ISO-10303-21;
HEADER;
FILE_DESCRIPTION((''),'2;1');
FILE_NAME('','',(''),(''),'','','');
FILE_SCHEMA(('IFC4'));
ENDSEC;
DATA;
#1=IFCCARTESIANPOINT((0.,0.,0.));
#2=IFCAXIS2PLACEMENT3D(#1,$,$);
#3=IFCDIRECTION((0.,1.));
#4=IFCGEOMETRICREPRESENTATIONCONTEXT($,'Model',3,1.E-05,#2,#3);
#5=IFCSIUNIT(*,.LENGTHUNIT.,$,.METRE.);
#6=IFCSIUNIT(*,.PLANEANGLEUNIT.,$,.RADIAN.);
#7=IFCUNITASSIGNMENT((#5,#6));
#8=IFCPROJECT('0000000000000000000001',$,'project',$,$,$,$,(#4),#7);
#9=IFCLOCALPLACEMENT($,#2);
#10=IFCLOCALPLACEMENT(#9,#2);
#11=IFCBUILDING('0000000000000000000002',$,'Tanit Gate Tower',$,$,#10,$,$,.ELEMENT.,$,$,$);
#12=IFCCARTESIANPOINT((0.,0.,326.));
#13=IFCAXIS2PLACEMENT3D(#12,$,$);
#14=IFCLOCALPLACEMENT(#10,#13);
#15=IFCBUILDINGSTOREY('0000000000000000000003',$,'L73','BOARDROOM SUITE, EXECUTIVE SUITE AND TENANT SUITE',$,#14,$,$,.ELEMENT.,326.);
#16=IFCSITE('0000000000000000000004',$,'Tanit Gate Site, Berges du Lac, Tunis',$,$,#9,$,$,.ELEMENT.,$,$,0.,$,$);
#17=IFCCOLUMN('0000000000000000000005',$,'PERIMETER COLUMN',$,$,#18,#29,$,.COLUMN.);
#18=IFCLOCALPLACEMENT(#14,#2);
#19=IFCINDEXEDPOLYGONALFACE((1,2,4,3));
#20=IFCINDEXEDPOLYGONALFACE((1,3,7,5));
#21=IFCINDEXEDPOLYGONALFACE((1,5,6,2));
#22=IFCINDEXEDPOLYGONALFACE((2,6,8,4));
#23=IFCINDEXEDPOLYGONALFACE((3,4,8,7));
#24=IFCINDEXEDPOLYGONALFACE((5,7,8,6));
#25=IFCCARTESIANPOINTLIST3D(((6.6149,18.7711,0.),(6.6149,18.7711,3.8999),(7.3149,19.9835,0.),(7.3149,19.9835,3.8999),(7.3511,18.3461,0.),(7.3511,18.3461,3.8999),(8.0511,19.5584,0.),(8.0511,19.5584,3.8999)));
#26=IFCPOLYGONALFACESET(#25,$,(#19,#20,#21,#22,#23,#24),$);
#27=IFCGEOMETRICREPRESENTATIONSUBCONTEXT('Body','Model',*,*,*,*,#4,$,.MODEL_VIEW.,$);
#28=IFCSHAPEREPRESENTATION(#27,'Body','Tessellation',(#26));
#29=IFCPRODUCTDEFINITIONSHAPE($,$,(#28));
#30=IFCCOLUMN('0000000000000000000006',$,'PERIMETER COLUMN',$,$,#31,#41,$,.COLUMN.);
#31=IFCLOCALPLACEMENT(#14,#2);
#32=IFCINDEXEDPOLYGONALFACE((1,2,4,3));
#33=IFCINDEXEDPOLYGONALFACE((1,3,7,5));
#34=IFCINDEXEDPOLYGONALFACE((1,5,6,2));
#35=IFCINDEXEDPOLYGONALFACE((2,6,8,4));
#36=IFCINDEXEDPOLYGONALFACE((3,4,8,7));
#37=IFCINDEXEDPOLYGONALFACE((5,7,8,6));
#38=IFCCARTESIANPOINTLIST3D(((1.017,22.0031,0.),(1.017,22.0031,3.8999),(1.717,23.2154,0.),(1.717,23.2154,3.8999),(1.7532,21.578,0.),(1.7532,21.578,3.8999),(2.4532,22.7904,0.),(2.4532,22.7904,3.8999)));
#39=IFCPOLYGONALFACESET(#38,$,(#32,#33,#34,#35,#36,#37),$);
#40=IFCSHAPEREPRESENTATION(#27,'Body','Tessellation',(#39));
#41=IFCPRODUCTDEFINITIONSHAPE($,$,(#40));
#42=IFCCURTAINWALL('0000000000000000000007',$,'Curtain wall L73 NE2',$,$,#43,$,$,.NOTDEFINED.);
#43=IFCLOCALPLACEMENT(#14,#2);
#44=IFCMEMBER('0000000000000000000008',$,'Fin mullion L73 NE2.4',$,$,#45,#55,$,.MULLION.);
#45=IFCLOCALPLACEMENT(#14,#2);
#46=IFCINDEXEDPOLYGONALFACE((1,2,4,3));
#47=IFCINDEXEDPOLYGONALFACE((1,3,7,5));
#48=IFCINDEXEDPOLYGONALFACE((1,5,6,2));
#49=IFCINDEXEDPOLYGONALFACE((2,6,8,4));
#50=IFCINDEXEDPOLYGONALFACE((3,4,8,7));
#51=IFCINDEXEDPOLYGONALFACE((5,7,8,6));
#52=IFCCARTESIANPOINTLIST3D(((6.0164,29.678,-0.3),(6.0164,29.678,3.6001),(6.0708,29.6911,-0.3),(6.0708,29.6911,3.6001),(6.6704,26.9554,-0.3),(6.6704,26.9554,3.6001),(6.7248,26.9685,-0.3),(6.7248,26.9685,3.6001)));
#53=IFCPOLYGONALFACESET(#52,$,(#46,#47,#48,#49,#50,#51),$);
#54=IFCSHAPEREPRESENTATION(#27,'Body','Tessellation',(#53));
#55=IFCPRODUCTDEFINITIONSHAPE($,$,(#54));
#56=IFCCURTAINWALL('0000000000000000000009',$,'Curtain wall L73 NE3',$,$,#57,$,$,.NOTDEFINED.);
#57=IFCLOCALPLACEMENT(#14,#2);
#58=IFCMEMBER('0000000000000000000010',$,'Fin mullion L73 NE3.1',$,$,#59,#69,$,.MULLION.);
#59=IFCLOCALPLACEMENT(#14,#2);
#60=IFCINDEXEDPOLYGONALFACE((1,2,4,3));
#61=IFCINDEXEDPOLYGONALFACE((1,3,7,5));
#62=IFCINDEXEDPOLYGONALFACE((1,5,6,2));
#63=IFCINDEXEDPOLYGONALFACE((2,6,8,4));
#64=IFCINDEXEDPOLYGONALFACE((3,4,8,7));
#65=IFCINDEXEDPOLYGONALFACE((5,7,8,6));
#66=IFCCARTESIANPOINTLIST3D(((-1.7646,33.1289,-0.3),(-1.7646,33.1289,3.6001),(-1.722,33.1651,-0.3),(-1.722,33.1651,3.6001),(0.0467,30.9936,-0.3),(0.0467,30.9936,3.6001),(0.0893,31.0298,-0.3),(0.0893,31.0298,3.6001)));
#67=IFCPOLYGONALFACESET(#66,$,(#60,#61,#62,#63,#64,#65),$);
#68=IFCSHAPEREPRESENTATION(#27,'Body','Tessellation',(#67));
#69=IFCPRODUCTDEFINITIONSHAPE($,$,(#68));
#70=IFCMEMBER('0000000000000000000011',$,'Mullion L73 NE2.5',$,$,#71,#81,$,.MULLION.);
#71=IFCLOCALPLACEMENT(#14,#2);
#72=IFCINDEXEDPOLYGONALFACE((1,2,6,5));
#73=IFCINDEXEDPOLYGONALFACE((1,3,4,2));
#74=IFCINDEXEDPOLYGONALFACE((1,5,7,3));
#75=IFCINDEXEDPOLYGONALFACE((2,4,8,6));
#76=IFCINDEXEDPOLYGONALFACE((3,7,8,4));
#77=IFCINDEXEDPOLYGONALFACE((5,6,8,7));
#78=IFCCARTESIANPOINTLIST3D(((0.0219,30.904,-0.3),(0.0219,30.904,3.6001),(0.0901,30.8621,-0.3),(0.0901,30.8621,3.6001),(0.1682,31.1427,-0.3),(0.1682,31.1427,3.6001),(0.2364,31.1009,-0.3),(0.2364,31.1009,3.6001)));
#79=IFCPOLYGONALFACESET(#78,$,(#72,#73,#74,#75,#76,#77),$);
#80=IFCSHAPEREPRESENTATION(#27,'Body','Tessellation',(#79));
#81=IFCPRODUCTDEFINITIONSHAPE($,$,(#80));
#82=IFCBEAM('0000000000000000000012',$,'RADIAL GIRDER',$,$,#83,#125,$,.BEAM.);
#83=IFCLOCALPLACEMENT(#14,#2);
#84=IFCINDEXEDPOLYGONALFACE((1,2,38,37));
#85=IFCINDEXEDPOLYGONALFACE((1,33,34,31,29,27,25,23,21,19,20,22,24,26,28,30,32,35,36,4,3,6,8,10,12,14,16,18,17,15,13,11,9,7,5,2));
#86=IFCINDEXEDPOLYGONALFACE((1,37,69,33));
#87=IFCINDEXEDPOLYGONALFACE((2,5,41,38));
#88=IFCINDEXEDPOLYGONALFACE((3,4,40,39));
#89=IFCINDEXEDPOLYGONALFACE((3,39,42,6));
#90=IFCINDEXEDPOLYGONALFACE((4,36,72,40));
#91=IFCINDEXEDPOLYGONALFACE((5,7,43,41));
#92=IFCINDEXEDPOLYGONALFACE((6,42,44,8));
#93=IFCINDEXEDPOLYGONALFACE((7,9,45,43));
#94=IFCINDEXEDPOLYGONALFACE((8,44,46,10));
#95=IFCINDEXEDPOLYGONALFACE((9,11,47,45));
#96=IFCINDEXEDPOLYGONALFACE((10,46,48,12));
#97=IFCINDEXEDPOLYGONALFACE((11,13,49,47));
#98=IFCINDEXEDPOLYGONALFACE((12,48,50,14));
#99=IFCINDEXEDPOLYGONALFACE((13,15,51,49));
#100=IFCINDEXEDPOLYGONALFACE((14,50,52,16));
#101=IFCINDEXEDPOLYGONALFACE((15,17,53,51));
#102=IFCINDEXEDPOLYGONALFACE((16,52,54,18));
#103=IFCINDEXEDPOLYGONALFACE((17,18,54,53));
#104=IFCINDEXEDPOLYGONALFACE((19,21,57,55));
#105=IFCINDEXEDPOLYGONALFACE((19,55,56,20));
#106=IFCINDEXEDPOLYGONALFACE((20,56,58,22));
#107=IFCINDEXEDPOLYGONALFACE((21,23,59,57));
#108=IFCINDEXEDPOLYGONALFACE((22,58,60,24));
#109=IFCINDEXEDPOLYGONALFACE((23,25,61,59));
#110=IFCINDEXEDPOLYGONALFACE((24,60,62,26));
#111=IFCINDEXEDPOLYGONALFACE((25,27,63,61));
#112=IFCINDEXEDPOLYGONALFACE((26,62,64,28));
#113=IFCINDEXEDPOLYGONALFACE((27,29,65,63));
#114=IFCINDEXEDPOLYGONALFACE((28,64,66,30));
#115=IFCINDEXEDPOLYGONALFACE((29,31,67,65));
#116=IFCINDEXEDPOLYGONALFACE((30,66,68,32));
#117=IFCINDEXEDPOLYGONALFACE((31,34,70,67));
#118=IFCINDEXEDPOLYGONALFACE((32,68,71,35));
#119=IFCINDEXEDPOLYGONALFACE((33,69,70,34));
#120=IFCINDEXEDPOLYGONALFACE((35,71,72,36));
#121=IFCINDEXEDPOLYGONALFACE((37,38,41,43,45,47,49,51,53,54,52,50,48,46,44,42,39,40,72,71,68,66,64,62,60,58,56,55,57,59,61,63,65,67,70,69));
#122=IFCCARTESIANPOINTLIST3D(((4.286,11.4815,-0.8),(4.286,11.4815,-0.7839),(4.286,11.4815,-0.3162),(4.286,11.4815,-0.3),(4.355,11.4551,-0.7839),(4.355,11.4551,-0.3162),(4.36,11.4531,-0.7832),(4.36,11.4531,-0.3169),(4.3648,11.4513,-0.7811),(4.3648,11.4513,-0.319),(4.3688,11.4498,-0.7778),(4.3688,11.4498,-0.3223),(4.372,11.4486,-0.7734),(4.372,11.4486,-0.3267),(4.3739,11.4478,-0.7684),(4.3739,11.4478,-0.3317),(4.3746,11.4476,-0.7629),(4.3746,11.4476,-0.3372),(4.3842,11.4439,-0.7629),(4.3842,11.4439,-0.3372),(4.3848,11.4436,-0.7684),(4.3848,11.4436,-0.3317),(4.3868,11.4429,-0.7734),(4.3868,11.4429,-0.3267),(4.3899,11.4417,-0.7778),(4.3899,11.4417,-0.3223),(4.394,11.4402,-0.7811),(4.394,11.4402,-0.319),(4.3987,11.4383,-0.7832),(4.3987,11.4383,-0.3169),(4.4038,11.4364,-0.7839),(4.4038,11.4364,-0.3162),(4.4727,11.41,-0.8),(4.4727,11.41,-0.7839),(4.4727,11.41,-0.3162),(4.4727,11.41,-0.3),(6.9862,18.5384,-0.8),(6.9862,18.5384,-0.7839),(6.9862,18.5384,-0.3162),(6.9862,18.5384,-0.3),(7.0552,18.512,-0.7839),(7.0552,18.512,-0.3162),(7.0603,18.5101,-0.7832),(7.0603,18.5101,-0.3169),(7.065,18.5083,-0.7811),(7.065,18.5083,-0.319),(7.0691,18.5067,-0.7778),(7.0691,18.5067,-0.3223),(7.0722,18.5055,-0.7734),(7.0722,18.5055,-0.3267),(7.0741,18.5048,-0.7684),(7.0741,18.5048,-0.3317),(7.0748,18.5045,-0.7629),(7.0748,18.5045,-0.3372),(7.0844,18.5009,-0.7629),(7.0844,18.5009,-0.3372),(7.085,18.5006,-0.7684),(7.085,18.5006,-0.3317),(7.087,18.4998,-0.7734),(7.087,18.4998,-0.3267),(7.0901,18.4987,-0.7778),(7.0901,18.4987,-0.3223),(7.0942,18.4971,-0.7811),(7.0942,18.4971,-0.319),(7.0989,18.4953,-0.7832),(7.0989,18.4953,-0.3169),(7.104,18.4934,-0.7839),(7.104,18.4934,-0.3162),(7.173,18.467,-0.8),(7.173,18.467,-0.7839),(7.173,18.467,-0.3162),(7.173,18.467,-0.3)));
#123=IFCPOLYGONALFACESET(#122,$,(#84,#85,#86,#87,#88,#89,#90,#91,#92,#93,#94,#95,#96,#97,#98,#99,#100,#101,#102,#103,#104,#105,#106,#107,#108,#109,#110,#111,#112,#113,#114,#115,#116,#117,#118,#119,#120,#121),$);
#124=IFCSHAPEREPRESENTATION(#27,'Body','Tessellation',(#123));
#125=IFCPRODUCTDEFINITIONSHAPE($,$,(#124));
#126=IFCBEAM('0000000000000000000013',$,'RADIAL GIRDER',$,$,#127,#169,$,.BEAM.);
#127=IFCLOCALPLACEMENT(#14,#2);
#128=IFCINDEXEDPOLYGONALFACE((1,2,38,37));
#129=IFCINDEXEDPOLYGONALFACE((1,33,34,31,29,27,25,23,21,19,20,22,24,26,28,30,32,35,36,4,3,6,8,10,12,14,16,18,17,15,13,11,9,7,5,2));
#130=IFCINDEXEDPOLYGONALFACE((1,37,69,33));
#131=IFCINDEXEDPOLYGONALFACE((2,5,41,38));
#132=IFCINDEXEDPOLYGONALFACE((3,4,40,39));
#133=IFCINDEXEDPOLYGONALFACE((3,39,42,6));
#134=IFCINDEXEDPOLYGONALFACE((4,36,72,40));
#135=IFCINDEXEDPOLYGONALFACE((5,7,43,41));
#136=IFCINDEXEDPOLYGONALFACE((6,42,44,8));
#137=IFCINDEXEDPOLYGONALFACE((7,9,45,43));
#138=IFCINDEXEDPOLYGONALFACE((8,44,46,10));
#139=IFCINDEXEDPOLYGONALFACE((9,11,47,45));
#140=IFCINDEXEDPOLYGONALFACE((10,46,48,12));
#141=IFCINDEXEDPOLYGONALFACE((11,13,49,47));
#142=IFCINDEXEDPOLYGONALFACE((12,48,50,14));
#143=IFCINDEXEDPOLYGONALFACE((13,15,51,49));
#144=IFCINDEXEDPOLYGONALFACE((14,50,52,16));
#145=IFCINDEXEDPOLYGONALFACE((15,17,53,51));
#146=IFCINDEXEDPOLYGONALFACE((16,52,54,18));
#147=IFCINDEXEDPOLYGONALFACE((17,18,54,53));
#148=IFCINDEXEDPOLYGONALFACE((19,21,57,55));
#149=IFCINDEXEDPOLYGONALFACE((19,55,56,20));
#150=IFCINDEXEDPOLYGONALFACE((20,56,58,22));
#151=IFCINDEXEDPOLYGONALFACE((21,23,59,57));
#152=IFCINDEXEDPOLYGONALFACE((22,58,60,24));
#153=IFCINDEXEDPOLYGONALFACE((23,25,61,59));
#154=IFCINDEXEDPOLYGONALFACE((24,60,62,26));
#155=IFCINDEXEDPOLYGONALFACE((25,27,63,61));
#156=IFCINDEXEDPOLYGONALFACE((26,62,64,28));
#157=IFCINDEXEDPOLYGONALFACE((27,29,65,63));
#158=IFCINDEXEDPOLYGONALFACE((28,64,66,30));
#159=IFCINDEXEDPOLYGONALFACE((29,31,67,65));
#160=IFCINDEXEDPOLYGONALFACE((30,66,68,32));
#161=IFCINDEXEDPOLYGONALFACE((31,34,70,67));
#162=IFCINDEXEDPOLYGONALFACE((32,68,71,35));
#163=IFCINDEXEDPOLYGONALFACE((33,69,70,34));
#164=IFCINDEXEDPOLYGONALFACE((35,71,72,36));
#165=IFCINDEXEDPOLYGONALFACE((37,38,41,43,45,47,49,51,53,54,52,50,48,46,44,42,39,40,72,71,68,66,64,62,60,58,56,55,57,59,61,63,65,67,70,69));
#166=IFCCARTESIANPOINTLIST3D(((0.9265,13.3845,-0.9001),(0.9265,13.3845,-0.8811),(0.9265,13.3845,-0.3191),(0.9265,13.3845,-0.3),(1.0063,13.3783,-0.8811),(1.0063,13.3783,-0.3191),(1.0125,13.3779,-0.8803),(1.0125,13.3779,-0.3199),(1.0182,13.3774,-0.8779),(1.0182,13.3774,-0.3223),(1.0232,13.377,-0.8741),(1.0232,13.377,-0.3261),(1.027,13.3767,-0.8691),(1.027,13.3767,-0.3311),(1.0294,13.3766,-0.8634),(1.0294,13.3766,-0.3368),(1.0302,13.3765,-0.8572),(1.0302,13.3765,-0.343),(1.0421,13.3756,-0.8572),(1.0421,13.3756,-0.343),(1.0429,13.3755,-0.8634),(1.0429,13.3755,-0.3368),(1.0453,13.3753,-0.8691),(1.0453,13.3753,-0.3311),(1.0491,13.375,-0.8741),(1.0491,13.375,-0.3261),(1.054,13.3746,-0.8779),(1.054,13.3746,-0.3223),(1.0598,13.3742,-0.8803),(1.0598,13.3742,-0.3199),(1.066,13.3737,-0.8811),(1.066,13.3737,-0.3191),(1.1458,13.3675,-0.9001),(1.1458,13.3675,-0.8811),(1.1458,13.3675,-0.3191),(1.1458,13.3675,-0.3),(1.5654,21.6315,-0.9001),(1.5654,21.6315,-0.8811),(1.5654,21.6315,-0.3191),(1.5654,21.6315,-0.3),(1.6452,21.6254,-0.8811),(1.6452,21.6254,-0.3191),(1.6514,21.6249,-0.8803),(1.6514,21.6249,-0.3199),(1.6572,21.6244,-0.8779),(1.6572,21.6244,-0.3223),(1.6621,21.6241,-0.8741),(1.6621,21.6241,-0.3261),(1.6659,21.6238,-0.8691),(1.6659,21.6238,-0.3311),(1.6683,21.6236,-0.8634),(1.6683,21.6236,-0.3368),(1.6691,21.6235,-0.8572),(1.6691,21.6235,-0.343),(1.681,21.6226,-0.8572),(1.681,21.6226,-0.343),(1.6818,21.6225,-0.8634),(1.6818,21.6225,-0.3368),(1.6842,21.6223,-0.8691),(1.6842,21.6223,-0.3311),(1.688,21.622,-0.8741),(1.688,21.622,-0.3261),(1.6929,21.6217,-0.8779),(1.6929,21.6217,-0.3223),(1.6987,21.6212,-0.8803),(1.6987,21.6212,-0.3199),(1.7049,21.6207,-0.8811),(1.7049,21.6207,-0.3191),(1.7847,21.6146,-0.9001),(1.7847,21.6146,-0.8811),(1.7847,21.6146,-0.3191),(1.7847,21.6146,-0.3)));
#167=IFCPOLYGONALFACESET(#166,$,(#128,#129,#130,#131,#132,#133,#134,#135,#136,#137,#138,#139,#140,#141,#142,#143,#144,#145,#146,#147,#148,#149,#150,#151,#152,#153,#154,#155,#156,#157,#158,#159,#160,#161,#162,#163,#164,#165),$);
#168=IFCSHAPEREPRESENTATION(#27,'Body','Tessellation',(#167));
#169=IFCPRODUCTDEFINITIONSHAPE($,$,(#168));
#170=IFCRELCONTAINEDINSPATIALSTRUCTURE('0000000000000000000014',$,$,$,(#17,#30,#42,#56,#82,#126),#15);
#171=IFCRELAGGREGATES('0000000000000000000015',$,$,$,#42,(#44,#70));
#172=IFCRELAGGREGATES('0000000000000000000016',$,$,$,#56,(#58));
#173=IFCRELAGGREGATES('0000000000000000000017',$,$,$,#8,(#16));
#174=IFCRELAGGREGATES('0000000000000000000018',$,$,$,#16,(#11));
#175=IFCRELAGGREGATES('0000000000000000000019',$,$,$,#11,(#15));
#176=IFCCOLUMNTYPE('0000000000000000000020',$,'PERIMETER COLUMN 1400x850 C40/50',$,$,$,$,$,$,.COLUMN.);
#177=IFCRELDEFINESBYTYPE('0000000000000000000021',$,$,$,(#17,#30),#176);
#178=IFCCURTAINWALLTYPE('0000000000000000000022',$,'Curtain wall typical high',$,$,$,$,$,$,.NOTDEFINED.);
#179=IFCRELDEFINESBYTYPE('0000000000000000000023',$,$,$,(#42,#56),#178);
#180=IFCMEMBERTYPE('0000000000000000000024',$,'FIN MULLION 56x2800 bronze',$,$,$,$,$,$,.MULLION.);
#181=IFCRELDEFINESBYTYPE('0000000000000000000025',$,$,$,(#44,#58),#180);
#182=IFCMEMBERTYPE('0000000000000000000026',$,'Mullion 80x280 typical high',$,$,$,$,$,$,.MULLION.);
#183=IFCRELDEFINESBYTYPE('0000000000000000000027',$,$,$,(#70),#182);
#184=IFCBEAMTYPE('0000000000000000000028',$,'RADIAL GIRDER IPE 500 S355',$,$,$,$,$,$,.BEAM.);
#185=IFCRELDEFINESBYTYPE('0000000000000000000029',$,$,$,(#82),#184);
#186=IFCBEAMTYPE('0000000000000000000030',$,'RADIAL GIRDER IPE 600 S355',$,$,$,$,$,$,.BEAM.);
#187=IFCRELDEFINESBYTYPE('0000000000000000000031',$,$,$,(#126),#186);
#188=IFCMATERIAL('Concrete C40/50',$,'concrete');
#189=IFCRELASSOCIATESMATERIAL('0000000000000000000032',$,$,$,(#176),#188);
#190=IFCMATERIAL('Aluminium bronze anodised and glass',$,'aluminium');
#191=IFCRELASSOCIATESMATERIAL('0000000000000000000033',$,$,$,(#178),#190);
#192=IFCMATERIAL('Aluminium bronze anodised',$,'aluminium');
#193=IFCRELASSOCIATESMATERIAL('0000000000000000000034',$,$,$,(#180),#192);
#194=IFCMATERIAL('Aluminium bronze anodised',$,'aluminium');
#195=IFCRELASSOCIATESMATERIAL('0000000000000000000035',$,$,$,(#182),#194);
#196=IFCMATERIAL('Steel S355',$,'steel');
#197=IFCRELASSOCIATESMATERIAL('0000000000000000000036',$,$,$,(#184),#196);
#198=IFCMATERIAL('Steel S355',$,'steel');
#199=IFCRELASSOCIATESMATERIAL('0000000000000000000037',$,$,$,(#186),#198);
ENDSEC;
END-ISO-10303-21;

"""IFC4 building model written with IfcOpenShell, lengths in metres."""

from ifc_helpers import new_model, si_unit, direction, frame, origin, origin_2d, place, context, subcontext, project, spatial, rectangle, i_section, extrude, material, material_profile, profile_set, type_object, element, aggregate, save


model = new_model("IFC4")

# Units and contexts
model_context = context("Model", 3, precision=1e-05, world=origin(), true_north=direction((0.0, 1.0)))
body_context = subcontext(model_context, "Body", "Model", "MODEL_VIEW")
ifc_project = project(units=[si_unit("LENGTHUNIT", "METRE"), si_unit("PLANEANGLEUNIT", "RADIAN")], contexts=[model_context])

# Site, building, storey
site_placement = place(None, origin())
site = spatial("IfcSite", under=ifc_project, at=site_placement, Name="Tanit Gate Site, Berges du Lac, Tunis", CompositionType="ELEMENT", RefElevation=0.0)
building_placement = place(site_placement, origin())
building = spatial("IfcBuilding", under=site, at=building_placement, Name="Tanit Gate Tower", CompositionType="ELEMENT")
storey_placement = place(building_placement, frame((0.0, 0.0, 326.0)))
storey = spatial("IfcBuildingStorey", under=building, at=storey_placement, Name="L73", Description="BOARDROOM SUITE, EXECUTIVE SUITE AND TENANT SUITE", CompositionType="ELEMENT", Elevation=326.0)

# Columns
ifc_material_1 = material(Name="Concrete C40/50", Category="concrete")
ifc_material_profile_1 = material_profile(ifc_material_1, rectangle(XDim=1.3999, YDim=0.8501, at=origin_2d()), Name="RC 1400x850")
ifc_profile_set_1 = profile_set([ifc_material_profile_1], Name="Concrete C40/50")
column_type = type_object("IfcColumnType", Name="PERIMETER COLUMN 1400x850 C40/50", PredefinedType="COLUMN", material=ifc_profile_set_1)
for number, where, z_axis, x_axis, name in (
    (1, (7.333, 19.1648, 0.0), (0.0, 0.0, 1.0), (0.5, 0.866025, 0.0), "PERIMETER COLUMN"),
    (2, (1.7351, 22.3967, 0.0), (0.0, 0.0, 1.0), (0.5, 0.866025, 0.0), "PERIMETER COLUMN"),
):
    element("IfcColumn", number, at=place(storey_placement, frame(where, z_axis=z_axis, x_axis=x_axis)), inside=storey, type_object=column_type, Name=name, PredefinedType="COLUMN", context=body_context, shape_type="SweptSolid", body=[
        extrude(rectangle(XDim=1.3999, YDim=0.8501, at=origin_2d()), origin(), (0.0, 0.0, 1.0), 3.8999),
    ])

# Curtain walls, members
ifc_material_2 = material(Name="Aluminium bronze anodised and glass", Category="aluminium")
curtain_wall_type = type_object("IfcCurtainWallType", Name="Curtain wall typical high", PredefinedType="NOTDEFINED", material=ifc_material_2)
curtain_wall_1_placement = place(storey_placement, origin())
curtain_wall_1 = element("IfcCurtainWall", 3, at=curtain_wall_1_placement, inside=storey, type_object=curtain_wall_type, Name="Curtain wall L73 NE2", PredefinedType="NOTDEFINED")
ifc_material_3 = material(Name="Aluminium bronze anodised", Category="aluminium")
ifc_material_profile_2 = material_profile(ifc_material_3, rectangle(XDim=2.8, YDim=0.0559, at=origin_2d()), Name="56x2800 bronze fin mullion")
ifc_profile_set_2 = profile_set([ifc_material_profile_2], Name="Aluminium bronze anodised")
member_type_1 = type_object("IfcMemberType", Name="FIN MULLION 56x2800 bronze", PredefinedType="MULLION", material=ifc_profile_set_2)
member_1_placement = place(storey_placement, frame((6.3706, 28.3232, -0.3), z_axis=(0.0, 0.0, 1.0), x_axis=(0.233557, -0.972343, 0.0)))
member_1 = element("IfcMember", 4, at=member_1_placement, type_object=member_type_1, Name="Fin mullion L73 NE2.4", PredefinedType="MULLION", context=body_context, shape_type="SweptSolid", body=[
    extrude(rectangle(XDim=2.8, YDim=0.0559, at=origin_2d()), origin(), (0.0, 0.0, 1.0), 3.9001),
])
curtain_wall_2_placement = place(storey_placement, origin())
curtain_wall_2 = element("IfcCurtainWall", 5, at=curtain_wall_2_placement, inside=storey, type_object=curtain_wall_type, Name="Curtain wall L73 NE3", PredefinedType="NOTDEFINED")
member_2_placement = place(storey_placement, frame((-0.8376, 32.0793, -0.3), z_axis=(0.0, 0.0, 1.0), x_axis=(0.646873, -0.762598, 0.0)))
member_2 = element("IfcMember", 6, at=member_2_placement, type_object=member_type_1, Name="Fin mullion L73 NE3.1", PredefinedType="MULLION", context=body_context, shape_type="SweptSolid", body=[
    extrude(rectangle(XDim=2.8, YDim=0.0559, at=origin_2d()), origin(), (0.0, 0.0, 1.0), 3.9001),
])

# Member
ifc_material_4 = material(Name="Aluminium bronze anodised", Category="aluminium")
ifc_material_profile_3 = material_profile(ifc_material_4, rectangle(XDim=0.28, YDim=0.0801, at=origin_2d()), Name="80x280 bronze mullion")
ifc_profile_set_3 = profile_set([ifc_material_profile_3], Name="Aluminium bronze anodised")
member_type_2 = type_object("IfcMemberType", Name="Mullion 80x280 typical high", PredefinedType="MULLION", material=ifc_profile_set_3)
member_3_placement = place(storey_placement, frame((0.1292, 31.0024, -0.3), z_axis=(0.0, 0.0, 1.0), x_axis=(-0.522401, -0.8527, 0.0)))
member_3 = element("IfcMember", 7, at=member_3_placement, type_object=member_type_2, Name="Mullion L73 NE2.5", PredefinedType="MULLION", context=body_context, shape_type="SweptSolid", body=[
    extrude(rectangle(XDim=0.28, YDim=0.0801, at=origin_2d()), origin(), (0.0, 0.0, 1.0), 3.9001),
])

# Beams
ifc_material_5 = material(Name="Steel S355", Category="steel")
ifc_material_profile_4 = material_profile(ifc_material_5, i_section(OverallWidth=0.2, OverallDepth=0.5, WebThickness=0.0103, FlangeThickness=0.0161, FilletRadius=0.021, at=origin_2d()), Name="IPE 500")
ifc_profile_set_4 = profile_set([ifc_material_profile_4], Name="Steel S355")
beam_type_1 = type_object("IfcBeamType", Name="RADIAL GIRDER IPE 500 S355", PredefinedType="BEAM", material=ifc_profile_set_4)
beam_1_placement = place(storey_placement, frame((7.0796, 18.5027, -0.55), z_axis=(-0.357365, -0.933965, 0.0), x_axis=(0.933965, -0.357365, 0.0)))
element("IfcBeam", 8, at=beam_1_placement, inside=storey, type_object=beam_type_1, Name="RADIAL GIRDER", PredefinedType="BEAM", context=body_context, shape_type="SweptSolid", body=[
    extrude(i_section(OverallWidth=0.2, OverallDepth=0.5, WebThickness=0.0103, FlangeThickness=0.0161, FilletRadius=0.021, at=origin_2d()), origin(), (0.0, 0.0, 1.0), 7.5559),
])
ifc_material_6 = material(Name="Steel S355", Category="steel")
ifc_material_profile_5 = material_profile(ifc_material_6, i_section(OverallWidth=0.22, OverallDepth=0.6001, WebThickness=0.012, FlangeThickness=0.019, FilletRadius=0.0239, at=origin_2d()), Name="IPE 600")
ifc_profile_set_5 = profile_set([ifc_material_profile_5], Name="Steel S355")
beam_type_2 = type_object("IfcBeamType", Name="RADIAL GIRDER IPE 600 S355", PredefinedType="BEAM", material=ifc_profile_set_5)
beam_2_placement = place(storey_placement, frame((1.675, 21.623, -0.6001), z_axis=(-0.07724, -0.997012, 0.0), x_axis=(0.997012, -0.07724, 0.0)))
element("IfcBeam", 9, at=beam_2_placement, inside=storey, type_object=beam_type_2, Name="RADIAL GIRDER", PredefinedType="BEAM", context=body_context, shape_type="SweptSolid", body=[
    extrude(i_section(OverallWidth=0.22, OverallDepth=0.6001, WebThickness=0.012, FlangeThickness=0.019, FilletRadius=0.0239, at=origin_2d()), origin(), (0.0, 0.0, 1.0), 8.2717),
])

aggregate(curtain_wall_1, [member_1, member_3])
aggregate(curtain_wall_2, [member_2])

save(model, "model.ifc")
